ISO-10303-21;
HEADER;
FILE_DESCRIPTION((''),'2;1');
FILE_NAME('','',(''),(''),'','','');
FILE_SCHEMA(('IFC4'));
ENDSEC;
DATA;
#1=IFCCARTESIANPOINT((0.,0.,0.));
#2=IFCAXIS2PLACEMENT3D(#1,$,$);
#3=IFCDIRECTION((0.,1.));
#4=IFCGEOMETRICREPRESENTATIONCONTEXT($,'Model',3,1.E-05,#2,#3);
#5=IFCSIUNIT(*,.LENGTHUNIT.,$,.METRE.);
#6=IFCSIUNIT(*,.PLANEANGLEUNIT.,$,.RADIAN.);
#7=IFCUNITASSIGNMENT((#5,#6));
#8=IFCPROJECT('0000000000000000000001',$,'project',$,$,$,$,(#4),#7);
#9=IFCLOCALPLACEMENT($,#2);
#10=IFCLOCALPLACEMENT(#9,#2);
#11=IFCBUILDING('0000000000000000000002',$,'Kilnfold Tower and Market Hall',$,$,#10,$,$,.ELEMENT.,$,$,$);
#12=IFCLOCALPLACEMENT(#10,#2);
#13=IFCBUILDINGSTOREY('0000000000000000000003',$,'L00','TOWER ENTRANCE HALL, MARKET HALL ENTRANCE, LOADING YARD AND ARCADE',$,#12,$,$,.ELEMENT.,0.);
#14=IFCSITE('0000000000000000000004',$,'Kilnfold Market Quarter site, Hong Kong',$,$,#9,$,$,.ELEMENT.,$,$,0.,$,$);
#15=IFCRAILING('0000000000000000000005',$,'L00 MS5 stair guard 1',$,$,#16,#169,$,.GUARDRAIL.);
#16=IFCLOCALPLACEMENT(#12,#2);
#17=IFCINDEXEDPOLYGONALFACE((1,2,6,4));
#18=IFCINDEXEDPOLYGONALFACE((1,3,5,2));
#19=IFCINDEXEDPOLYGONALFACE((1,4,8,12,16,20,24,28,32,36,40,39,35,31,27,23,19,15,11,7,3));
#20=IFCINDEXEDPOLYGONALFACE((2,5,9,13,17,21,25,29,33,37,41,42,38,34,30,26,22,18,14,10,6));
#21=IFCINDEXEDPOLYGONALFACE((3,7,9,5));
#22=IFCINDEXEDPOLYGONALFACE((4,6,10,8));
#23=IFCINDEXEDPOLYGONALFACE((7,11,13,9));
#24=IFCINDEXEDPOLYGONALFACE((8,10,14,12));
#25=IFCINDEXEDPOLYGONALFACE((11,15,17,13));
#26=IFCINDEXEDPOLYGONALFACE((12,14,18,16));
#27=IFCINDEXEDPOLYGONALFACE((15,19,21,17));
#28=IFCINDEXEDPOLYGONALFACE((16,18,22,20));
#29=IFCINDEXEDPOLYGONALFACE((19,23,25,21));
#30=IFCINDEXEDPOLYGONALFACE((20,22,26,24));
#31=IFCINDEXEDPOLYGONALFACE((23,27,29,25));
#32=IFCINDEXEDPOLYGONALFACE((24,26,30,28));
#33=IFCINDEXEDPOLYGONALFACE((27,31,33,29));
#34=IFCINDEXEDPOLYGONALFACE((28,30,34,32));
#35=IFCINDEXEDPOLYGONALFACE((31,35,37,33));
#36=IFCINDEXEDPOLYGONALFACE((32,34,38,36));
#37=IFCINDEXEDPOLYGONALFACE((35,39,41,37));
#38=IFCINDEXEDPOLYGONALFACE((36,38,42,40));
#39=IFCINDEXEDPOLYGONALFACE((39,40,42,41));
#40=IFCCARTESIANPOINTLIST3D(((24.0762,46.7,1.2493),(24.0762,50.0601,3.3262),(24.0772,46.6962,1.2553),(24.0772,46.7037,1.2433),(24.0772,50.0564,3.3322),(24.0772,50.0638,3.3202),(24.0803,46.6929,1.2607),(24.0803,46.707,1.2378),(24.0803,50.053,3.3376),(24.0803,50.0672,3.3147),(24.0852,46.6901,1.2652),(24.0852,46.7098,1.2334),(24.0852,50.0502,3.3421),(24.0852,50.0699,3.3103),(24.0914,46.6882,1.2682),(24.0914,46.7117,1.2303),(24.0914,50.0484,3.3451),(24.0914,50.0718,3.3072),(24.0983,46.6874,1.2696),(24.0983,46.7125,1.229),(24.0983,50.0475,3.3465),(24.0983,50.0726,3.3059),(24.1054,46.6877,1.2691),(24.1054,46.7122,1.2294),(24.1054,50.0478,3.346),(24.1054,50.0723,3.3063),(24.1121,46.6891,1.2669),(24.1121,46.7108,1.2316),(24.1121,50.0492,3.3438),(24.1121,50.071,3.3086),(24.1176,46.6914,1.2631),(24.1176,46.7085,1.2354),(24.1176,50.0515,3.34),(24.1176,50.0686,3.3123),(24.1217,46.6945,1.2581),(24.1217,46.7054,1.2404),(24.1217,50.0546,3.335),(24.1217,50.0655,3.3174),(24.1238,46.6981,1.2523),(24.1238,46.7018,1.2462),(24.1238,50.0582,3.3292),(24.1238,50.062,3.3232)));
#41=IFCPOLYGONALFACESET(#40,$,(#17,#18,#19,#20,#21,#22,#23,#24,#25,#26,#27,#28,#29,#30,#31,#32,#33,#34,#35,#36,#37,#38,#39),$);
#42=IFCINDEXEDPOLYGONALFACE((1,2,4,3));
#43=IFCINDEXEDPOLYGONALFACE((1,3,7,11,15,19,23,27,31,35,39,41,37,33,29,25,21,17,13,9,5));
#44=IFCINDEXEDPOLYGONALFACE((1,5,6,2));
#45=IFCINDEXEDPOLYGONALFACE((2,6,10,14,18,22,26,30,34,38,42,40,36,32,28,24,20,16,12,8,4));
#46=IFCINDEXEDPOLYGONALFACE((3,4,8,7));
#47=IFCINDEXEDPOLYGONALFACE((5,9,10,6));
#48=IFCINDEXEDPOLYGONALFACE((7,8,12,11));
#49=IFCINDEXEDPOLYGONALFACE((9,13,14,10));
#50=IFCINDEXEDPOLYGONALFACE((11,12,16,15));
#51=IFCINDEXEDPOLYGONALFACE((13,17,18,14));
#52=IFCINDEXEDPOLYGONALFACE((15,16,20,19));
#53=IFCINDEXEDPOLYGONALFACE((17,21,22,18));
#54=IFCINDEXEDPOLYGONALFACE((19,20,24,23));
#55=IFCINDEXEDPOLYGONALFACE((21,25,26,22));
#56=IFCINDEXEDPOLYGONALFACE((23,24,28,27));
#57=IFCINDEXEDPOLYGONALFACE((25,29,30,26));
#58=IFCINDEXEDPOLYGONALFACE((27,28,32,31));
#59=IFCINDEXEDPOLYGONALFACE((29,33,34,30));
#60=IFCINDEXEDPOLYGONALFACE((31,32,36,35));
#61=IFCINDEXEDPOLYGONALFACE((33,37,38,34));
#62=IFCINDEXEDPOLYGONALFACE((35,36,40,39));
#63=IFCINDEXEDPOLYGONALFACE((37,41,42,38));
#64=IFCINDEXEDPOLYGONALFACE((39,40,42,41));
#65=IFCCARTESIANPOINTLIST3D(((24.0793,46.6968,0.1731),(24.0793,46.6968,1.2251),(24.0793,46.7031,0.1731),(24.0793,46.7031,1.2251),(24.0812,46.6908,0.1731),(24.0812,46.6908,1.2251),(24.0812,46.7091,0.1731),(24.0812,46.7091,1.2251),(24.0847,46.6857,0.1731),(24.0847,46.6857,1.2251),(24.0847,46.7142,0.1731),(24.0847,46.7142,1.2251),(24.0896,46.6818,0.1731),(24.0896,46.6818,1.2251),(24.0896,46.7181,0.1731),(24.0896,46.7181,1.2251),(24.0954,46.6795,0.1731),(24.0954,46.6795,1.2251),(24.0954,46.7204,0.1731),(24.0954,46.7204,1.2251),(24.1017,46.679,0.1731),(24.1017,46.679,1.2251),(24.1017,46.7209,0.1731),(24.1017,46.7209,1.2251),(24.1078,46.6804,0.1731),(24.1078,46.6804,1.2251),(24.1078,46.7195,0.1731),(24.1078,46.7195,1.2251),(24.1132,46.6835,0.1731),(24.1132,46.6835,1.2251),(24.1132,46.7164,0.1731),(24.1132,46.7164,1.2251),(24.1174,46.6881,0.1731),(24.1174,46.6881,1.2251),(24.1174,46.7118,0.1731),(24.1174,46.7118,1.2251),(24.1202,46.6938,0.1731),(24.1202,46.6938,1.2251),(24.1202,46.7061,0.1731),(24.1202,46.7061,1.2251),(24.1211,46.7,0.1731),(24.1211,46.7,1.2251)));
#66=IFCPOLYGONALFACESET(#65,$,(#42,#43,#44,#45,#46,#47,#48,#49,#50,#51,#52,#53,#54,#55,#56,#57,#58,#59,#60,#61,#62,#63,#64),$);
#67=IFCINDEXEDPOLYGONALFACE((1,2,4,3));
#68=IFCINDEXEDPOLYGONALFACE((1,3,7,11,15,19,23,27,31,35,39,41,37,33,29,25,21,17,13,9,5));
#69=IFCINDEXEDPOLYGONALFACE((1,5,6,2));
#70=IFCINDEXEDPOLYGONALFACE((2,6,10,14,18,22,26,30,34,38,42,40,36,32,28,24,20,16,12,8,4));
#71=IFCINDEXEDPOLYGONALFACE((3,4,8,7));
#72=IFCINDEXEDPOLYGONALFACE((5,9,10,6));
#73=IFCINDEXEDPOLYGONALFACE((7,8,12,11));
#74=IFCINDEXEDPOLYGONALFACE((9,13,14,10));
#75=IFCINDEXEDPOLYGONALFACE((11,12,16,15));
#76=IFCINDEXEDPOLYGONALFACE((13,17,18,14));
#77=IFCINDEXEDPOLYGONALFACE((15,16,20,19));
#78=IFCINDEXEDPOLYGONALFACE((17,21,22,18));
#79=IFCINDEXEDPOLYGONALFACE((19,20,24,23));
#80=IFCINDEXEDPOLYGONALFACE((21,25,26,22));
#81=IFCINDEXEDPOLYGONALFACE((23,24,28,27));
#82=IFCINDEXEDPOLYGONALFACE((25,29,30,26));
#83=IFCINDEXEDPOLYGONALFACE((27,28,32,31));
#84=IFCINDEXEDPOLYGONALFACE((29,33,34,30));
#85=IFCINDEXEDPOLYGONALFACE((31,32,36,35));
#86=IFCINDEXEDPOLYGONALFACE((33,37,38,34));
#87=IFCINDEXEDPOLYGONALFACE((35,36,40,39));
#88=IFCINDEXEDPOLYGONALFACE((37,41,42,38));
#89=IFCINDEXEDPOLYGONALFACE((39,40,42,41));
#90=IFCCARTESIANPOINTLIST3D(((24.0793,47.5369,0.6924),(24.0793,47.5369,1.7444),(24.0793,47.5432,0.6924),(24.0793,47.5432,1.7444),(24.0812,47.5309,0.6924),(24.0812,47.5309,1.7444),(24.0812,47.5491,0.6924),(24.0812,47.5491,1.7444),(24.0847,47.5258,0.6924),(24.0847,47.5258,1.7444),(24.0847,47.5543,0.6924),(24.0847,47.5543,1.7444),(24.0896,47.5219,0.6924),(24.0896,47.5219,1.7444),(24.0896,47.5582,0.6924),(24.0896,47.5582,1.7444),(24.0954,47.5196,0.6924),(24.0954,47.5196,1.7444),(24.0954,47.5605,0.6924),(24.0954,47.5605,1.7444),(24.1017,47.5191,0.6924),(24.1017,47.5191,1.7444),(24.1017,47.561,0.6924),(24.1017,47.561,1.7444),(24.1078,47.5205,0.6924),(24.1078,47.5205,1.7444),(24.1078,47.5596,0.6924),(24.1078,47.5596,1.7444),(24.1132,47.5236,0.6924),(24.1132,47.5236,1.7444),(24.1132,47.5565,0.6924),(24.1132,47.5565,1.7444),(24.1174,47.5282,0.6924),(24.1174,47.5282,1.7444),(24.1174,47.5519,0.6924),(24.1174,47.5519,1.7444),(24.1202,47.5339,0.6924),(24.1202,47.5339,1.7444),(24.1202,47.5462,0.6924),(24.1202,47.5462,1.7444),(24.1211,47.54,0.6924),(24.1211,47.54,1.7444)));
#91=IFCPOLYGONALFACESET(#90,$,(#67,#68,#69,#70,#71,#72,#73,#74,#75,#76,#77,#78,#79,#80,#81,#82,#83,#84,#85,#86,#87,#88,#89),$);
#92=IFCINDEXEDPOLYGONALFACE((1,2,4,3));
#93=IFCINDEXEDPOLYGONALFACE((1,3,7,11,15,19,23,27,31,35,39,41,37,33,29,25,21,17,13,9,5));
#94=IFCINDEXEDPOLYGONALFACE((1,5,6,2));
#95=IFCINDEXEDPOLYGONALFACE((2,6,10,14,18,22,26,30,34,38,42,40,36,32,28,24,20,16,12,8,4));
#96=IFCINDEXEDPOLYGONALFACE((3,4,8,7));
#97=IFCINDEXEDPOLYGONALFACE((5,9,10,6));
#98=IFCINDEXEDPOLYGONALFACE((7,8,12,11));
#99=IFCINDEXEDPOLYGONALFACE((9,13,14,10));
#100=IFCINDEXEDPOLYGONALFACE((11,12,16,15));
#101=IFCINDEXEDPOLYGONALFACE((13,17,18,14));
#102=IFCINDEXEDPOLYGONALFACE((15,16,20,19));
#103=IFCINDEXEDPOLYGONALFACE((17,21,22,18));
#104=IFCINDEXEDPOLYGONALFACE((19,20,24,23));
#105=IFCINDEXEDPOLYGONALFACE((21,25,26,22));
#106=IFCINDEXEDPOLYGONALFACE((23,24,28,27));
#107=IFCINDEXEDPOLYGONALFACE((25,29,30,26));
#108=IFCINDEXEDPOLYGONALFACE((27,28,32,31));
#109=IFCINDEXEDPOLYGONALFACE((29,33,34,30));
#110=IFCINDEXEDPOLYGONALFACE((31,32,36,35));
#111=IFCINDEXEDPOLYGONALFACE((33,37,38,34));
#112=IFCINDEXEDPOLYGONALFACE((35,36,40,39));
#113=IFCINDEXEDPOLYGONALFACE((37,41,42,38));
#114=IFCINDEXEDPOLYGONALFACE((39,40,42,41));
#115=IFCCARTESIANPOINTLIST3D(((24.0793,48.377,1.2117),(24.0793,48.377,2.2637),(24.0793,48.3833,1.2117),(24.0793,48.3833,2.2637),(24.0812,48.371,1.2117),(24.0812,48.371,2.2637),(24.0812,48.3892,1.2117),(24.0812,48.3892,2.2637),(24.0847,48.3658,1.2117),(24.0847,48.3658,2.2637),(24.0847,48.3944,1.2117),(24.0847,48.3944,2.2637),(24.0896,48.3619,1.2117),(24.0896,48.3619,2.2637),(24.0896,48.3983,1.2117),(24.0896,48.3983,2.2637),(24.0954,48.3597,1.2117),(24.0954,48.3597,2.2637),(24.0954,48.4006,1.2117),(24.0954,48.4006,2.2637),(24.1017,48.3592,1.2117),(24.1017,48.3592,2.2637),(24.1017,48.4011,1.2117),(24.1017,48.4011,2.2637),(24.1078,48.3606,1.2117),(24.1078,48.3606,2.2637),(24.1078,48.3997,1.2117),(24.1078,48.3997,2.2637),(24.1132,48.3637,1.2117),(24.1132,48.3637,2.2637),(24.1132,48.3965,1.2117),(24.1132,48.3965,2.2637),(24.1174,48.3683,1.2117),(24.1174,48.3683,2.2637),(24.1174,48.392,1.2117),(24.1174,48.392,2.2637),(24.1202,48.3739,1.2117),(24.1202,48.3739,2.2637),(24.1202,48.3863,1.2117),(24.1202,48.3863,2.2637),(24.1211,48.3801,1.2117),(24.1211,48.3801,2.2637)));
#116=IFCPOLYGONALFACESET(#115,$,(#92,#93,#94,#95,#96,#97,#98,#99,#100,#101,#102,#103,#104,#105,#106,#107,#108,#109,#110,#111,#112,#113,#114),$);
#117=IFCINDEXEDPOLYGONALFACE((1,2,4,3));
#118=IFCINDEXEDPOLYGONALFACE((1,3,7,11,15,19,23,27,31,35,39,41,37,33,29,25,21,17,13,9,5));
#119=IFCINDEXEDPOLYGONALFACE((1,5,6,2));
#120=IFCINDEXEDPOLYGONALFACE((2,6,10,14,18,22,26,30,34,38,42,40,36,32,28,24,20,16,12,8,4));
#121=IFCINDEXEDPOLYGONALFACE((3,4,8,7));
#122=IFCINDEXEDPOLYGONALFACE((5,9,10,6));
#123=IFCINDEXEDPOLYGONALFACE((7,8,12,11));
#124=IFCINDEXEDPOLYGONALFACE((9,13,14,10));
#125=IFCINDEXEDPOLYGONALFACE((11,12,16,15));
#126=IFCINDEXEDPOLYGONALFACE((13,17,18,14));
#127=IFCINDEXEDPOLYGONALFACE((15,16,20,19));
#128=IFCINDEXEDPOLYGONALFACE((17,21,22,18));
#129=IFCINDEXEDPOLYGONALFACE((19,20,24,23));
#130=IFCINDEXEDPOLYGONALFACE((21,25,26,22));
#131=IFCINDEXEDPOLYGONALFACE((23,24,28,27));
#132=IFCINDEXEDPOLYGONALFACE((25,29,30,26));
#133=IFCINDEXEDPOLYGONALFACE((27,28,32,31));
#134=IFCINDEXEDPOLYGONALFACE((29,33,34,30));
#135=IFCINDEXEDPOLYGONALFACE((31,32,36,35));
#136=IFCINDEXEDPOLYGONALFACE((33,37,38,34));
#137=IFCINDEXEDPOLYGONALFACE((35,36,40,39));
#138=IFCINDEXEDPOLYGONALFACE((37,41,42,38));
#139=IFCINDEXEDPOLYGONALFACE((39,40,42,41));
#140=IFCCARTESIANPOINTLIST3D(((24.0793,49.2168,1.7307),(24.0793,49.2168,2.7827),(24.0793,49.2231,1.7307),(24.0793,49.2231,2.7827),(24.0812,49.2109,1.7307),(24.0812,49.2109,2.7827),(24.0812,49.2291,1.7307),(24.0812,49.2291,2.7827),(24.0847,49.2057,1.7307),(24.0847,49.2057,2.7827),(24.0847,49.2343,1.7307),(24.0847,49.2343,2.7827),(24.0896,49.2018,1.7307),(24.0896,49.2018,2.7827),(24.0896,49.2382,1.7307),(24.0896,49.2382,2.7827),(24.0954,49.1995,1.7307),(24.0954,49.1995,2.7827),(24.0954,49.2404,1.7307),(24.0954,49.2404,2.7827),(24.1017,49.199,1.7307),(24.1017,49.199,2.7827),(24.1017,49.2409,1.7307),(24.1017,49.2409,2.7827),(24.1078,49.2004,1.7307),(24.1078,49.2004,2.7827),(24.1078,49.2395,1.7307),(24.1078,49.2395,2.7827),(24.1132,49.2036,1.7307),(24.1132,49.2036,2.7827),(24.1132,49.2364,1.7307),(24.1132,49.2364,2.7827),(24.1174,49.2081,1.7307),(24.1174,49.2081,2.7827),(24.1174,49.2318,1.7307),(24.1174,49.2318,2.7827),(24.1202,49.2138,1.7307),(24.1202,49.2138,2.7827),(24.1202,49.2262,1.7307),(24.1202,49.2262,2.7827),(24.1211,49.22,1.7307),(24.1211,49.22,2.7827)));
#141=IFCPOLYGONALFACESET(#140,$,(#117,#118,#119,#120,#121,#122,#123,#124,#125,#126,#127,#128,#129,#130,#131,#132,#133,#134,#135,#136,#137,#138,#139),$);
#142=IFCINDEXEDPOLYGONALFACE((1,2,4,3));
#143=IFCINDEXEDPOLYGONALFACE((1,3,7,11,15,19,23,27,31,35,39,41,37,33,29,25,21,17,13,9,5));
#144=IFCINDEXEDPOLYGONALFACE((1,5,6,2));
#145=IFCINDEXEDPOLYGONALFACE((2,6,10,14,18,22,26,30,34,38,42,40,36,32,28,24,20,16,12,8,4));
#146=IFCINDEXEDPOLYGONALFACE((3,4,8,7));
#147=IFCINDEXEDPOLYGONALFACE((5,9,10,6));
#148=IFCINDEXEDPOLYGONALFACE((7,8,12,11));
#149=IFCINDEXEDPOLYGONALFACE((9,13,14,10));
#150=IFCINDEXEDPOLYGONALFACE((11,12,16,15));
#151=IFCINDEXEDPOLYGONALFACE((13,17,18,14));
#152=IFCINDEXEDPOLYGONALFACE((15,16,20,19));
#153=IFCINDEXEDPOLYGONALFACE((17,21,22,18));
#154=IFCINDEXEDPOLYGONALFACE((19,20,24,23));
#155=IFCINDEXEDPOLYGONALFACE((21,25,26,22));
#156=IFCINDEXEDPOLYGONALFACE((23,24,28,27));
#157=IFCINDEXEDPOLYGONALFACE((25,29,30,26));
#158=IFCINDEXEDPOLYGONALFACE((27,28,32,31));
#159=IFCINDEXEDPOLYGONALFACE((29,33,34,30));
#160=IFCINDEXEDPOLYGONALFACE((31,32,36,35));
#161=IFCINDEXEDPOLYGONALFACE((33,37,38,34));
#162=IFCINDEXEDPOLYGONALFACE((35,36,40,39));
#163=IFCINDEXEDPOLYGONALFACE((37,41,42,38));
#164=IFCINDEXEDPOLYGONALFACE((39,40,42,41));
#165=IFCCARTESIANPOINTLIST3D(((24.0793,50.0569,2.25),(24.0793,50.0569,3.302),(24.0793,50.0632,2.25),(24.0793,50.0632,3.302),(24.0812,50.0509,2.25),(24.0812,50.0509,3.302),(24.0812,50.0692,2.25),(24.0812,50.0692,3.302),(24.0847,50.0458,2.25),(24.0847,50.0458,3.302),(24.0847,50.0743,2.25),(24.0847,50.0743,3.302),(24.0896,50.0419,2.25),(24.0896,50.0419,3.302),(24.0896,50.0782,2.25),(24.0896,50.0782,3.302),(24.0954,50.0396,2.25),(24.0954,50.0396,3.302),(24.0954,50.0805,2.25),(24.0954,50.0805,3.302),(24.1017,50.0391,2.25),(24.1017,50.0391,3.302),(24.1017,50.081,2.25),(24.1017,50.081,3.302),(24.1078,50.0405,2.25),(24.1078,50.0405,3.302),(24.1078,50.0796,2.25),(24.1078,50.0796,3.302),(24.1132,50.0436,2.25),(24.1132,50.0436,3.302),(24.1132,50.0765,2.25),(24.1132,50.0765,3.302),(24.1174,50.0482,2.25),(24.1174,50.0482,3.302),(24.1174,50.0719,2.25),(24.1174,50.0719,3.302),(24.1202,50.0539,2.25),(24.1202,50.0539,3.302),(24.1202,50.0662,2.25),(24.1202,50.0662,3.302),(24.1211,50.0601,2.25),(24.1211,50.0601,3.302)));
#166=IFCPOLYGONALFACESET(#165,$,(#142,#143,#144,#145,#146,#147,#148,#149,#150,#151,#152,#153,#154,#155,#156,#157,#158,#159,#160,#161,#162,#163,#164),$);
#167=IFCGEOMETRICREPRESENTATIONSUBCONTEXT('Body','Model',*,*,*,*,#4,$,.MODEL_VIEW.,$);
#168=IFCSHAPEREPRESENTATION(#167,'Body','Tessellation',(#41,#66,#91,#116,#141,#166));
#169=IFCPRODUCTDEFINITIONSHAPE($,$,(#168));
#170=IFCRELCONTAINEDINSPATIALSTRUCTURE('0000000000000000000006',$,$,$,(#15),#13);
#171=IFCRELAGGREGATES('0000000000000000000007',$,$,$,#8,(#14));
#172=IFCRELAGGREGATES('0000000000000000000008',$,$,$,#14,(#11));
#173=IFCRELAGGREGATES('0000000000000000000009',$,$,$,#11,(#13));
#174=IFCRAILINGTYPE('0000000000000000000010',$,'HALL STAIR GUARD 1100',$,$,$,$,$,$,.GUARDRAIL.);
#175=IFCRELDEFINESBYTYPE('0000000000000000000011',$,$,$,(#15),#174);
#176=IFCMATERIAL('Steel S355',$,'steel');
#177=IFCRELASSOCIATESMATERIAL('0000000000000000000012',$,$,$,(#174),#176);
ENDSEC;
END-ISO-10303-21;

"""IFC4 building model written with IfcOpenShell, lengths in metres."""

from ifc_helpers import new_model, si_unit, direction, frame, origin, origin_2d, place, context, subcontext, project, spatial, circle, extrude, material, type_object, element, save


model = new_model("IFC4")

# Units and contexts
model_context = context("Model", 3, precision=1e-05, world=origin(), true_north=direction((0.0, 1.0)))
body_context = subcontext(model_context, "Body", "Model", "MODEL_VIEW")
ifc_project = project(units=[si_unit("LENGTHUNIT", "METRE"), si_unit("PLANEANGLEUNIT", "RADIAN")], contexts=[model_context])

# Site, building, storey
site_placement = place(None, origin())
site = spatial("IfcSite", under=ifc_project, at=site_placement, Name="Kilnfold Market Quarter site, Hong Kong", CompositionType="ELEMENT", RefElevation=0.0)
building_placement = place(site_placement, origin())
building = spatial("IfcBuilding", under=site, at=building_placement, Name="Kilnfold Tower and Market Hall", CompositionType="ELEMENT")
storey_placement = place(building_placement, origin())
storey = spatial("IfcBuildingStorey", under=building, at=storey_placement, Name="L00", Description="TOWER ENTRANCE HALL, MARKET HALL ENTRANCE, LOADING YARD AND ARCADE", CompositionType="ELEMENT", Elevation=0.0)

# Railing
ifc_material_1 = material(Name="Steel S355", Category="steel")
railing_type_1 = type_object("IfcRailingType", Name="HALL STAIR GUARD 1100", PredefinedType="GUARDRAIL", material=ifc_material_1)
railing_1_placement = place(storey_placement, frame((24.1001, 46.7, 0.1731)))
element("IfcRailing", 1, at=railing_1_placement, inside=storey, type_object=railing_type_1, Name="L00 MS5 stair guard 1", PredefinedType="GUARDRAIL", context=body_context, shape_type="SweptSolid", body=[
    extrude(circle(Radius=0.0239, at=origin_2d()), frame((0.0, 0.0, 1.0762), z_axis=(0.0, 0.850623, 0.525776), x_axis=(-1.0, 0.0, 0.0)), (0.0, 0.0, 1.0), 3.9502),
    extrude(circle(Radius=0.021, at=origin_2d()), origin(), (0.0, 0.0, 1.0), 1.052),
    extrude(circle(Radius=0.021, at=origin_2d()), frame((0.0, 0.8401, 0.5193)), (0.0, 0.0, 1.0), 1.052),
    extrude(circle(Radius=0.021, at=origin_2d()), frame((0.0, 1.6802, 1.0386)), (0.0, 0.0, 1.0), 1.052),
    extrude(circle(Radius=0.021, at=origin_2d()), frame((0.0, 2.52, 1.5576)), (0.0, 0.0, 1.0), 1.052),
    extrude(circle(Radius=0.021, at=origin_2d()), frame((0.0, 3.3601, 2.0769)), (0.0, 0.0, 1.0), 1.052),
])

save(model, "model.ifc")
